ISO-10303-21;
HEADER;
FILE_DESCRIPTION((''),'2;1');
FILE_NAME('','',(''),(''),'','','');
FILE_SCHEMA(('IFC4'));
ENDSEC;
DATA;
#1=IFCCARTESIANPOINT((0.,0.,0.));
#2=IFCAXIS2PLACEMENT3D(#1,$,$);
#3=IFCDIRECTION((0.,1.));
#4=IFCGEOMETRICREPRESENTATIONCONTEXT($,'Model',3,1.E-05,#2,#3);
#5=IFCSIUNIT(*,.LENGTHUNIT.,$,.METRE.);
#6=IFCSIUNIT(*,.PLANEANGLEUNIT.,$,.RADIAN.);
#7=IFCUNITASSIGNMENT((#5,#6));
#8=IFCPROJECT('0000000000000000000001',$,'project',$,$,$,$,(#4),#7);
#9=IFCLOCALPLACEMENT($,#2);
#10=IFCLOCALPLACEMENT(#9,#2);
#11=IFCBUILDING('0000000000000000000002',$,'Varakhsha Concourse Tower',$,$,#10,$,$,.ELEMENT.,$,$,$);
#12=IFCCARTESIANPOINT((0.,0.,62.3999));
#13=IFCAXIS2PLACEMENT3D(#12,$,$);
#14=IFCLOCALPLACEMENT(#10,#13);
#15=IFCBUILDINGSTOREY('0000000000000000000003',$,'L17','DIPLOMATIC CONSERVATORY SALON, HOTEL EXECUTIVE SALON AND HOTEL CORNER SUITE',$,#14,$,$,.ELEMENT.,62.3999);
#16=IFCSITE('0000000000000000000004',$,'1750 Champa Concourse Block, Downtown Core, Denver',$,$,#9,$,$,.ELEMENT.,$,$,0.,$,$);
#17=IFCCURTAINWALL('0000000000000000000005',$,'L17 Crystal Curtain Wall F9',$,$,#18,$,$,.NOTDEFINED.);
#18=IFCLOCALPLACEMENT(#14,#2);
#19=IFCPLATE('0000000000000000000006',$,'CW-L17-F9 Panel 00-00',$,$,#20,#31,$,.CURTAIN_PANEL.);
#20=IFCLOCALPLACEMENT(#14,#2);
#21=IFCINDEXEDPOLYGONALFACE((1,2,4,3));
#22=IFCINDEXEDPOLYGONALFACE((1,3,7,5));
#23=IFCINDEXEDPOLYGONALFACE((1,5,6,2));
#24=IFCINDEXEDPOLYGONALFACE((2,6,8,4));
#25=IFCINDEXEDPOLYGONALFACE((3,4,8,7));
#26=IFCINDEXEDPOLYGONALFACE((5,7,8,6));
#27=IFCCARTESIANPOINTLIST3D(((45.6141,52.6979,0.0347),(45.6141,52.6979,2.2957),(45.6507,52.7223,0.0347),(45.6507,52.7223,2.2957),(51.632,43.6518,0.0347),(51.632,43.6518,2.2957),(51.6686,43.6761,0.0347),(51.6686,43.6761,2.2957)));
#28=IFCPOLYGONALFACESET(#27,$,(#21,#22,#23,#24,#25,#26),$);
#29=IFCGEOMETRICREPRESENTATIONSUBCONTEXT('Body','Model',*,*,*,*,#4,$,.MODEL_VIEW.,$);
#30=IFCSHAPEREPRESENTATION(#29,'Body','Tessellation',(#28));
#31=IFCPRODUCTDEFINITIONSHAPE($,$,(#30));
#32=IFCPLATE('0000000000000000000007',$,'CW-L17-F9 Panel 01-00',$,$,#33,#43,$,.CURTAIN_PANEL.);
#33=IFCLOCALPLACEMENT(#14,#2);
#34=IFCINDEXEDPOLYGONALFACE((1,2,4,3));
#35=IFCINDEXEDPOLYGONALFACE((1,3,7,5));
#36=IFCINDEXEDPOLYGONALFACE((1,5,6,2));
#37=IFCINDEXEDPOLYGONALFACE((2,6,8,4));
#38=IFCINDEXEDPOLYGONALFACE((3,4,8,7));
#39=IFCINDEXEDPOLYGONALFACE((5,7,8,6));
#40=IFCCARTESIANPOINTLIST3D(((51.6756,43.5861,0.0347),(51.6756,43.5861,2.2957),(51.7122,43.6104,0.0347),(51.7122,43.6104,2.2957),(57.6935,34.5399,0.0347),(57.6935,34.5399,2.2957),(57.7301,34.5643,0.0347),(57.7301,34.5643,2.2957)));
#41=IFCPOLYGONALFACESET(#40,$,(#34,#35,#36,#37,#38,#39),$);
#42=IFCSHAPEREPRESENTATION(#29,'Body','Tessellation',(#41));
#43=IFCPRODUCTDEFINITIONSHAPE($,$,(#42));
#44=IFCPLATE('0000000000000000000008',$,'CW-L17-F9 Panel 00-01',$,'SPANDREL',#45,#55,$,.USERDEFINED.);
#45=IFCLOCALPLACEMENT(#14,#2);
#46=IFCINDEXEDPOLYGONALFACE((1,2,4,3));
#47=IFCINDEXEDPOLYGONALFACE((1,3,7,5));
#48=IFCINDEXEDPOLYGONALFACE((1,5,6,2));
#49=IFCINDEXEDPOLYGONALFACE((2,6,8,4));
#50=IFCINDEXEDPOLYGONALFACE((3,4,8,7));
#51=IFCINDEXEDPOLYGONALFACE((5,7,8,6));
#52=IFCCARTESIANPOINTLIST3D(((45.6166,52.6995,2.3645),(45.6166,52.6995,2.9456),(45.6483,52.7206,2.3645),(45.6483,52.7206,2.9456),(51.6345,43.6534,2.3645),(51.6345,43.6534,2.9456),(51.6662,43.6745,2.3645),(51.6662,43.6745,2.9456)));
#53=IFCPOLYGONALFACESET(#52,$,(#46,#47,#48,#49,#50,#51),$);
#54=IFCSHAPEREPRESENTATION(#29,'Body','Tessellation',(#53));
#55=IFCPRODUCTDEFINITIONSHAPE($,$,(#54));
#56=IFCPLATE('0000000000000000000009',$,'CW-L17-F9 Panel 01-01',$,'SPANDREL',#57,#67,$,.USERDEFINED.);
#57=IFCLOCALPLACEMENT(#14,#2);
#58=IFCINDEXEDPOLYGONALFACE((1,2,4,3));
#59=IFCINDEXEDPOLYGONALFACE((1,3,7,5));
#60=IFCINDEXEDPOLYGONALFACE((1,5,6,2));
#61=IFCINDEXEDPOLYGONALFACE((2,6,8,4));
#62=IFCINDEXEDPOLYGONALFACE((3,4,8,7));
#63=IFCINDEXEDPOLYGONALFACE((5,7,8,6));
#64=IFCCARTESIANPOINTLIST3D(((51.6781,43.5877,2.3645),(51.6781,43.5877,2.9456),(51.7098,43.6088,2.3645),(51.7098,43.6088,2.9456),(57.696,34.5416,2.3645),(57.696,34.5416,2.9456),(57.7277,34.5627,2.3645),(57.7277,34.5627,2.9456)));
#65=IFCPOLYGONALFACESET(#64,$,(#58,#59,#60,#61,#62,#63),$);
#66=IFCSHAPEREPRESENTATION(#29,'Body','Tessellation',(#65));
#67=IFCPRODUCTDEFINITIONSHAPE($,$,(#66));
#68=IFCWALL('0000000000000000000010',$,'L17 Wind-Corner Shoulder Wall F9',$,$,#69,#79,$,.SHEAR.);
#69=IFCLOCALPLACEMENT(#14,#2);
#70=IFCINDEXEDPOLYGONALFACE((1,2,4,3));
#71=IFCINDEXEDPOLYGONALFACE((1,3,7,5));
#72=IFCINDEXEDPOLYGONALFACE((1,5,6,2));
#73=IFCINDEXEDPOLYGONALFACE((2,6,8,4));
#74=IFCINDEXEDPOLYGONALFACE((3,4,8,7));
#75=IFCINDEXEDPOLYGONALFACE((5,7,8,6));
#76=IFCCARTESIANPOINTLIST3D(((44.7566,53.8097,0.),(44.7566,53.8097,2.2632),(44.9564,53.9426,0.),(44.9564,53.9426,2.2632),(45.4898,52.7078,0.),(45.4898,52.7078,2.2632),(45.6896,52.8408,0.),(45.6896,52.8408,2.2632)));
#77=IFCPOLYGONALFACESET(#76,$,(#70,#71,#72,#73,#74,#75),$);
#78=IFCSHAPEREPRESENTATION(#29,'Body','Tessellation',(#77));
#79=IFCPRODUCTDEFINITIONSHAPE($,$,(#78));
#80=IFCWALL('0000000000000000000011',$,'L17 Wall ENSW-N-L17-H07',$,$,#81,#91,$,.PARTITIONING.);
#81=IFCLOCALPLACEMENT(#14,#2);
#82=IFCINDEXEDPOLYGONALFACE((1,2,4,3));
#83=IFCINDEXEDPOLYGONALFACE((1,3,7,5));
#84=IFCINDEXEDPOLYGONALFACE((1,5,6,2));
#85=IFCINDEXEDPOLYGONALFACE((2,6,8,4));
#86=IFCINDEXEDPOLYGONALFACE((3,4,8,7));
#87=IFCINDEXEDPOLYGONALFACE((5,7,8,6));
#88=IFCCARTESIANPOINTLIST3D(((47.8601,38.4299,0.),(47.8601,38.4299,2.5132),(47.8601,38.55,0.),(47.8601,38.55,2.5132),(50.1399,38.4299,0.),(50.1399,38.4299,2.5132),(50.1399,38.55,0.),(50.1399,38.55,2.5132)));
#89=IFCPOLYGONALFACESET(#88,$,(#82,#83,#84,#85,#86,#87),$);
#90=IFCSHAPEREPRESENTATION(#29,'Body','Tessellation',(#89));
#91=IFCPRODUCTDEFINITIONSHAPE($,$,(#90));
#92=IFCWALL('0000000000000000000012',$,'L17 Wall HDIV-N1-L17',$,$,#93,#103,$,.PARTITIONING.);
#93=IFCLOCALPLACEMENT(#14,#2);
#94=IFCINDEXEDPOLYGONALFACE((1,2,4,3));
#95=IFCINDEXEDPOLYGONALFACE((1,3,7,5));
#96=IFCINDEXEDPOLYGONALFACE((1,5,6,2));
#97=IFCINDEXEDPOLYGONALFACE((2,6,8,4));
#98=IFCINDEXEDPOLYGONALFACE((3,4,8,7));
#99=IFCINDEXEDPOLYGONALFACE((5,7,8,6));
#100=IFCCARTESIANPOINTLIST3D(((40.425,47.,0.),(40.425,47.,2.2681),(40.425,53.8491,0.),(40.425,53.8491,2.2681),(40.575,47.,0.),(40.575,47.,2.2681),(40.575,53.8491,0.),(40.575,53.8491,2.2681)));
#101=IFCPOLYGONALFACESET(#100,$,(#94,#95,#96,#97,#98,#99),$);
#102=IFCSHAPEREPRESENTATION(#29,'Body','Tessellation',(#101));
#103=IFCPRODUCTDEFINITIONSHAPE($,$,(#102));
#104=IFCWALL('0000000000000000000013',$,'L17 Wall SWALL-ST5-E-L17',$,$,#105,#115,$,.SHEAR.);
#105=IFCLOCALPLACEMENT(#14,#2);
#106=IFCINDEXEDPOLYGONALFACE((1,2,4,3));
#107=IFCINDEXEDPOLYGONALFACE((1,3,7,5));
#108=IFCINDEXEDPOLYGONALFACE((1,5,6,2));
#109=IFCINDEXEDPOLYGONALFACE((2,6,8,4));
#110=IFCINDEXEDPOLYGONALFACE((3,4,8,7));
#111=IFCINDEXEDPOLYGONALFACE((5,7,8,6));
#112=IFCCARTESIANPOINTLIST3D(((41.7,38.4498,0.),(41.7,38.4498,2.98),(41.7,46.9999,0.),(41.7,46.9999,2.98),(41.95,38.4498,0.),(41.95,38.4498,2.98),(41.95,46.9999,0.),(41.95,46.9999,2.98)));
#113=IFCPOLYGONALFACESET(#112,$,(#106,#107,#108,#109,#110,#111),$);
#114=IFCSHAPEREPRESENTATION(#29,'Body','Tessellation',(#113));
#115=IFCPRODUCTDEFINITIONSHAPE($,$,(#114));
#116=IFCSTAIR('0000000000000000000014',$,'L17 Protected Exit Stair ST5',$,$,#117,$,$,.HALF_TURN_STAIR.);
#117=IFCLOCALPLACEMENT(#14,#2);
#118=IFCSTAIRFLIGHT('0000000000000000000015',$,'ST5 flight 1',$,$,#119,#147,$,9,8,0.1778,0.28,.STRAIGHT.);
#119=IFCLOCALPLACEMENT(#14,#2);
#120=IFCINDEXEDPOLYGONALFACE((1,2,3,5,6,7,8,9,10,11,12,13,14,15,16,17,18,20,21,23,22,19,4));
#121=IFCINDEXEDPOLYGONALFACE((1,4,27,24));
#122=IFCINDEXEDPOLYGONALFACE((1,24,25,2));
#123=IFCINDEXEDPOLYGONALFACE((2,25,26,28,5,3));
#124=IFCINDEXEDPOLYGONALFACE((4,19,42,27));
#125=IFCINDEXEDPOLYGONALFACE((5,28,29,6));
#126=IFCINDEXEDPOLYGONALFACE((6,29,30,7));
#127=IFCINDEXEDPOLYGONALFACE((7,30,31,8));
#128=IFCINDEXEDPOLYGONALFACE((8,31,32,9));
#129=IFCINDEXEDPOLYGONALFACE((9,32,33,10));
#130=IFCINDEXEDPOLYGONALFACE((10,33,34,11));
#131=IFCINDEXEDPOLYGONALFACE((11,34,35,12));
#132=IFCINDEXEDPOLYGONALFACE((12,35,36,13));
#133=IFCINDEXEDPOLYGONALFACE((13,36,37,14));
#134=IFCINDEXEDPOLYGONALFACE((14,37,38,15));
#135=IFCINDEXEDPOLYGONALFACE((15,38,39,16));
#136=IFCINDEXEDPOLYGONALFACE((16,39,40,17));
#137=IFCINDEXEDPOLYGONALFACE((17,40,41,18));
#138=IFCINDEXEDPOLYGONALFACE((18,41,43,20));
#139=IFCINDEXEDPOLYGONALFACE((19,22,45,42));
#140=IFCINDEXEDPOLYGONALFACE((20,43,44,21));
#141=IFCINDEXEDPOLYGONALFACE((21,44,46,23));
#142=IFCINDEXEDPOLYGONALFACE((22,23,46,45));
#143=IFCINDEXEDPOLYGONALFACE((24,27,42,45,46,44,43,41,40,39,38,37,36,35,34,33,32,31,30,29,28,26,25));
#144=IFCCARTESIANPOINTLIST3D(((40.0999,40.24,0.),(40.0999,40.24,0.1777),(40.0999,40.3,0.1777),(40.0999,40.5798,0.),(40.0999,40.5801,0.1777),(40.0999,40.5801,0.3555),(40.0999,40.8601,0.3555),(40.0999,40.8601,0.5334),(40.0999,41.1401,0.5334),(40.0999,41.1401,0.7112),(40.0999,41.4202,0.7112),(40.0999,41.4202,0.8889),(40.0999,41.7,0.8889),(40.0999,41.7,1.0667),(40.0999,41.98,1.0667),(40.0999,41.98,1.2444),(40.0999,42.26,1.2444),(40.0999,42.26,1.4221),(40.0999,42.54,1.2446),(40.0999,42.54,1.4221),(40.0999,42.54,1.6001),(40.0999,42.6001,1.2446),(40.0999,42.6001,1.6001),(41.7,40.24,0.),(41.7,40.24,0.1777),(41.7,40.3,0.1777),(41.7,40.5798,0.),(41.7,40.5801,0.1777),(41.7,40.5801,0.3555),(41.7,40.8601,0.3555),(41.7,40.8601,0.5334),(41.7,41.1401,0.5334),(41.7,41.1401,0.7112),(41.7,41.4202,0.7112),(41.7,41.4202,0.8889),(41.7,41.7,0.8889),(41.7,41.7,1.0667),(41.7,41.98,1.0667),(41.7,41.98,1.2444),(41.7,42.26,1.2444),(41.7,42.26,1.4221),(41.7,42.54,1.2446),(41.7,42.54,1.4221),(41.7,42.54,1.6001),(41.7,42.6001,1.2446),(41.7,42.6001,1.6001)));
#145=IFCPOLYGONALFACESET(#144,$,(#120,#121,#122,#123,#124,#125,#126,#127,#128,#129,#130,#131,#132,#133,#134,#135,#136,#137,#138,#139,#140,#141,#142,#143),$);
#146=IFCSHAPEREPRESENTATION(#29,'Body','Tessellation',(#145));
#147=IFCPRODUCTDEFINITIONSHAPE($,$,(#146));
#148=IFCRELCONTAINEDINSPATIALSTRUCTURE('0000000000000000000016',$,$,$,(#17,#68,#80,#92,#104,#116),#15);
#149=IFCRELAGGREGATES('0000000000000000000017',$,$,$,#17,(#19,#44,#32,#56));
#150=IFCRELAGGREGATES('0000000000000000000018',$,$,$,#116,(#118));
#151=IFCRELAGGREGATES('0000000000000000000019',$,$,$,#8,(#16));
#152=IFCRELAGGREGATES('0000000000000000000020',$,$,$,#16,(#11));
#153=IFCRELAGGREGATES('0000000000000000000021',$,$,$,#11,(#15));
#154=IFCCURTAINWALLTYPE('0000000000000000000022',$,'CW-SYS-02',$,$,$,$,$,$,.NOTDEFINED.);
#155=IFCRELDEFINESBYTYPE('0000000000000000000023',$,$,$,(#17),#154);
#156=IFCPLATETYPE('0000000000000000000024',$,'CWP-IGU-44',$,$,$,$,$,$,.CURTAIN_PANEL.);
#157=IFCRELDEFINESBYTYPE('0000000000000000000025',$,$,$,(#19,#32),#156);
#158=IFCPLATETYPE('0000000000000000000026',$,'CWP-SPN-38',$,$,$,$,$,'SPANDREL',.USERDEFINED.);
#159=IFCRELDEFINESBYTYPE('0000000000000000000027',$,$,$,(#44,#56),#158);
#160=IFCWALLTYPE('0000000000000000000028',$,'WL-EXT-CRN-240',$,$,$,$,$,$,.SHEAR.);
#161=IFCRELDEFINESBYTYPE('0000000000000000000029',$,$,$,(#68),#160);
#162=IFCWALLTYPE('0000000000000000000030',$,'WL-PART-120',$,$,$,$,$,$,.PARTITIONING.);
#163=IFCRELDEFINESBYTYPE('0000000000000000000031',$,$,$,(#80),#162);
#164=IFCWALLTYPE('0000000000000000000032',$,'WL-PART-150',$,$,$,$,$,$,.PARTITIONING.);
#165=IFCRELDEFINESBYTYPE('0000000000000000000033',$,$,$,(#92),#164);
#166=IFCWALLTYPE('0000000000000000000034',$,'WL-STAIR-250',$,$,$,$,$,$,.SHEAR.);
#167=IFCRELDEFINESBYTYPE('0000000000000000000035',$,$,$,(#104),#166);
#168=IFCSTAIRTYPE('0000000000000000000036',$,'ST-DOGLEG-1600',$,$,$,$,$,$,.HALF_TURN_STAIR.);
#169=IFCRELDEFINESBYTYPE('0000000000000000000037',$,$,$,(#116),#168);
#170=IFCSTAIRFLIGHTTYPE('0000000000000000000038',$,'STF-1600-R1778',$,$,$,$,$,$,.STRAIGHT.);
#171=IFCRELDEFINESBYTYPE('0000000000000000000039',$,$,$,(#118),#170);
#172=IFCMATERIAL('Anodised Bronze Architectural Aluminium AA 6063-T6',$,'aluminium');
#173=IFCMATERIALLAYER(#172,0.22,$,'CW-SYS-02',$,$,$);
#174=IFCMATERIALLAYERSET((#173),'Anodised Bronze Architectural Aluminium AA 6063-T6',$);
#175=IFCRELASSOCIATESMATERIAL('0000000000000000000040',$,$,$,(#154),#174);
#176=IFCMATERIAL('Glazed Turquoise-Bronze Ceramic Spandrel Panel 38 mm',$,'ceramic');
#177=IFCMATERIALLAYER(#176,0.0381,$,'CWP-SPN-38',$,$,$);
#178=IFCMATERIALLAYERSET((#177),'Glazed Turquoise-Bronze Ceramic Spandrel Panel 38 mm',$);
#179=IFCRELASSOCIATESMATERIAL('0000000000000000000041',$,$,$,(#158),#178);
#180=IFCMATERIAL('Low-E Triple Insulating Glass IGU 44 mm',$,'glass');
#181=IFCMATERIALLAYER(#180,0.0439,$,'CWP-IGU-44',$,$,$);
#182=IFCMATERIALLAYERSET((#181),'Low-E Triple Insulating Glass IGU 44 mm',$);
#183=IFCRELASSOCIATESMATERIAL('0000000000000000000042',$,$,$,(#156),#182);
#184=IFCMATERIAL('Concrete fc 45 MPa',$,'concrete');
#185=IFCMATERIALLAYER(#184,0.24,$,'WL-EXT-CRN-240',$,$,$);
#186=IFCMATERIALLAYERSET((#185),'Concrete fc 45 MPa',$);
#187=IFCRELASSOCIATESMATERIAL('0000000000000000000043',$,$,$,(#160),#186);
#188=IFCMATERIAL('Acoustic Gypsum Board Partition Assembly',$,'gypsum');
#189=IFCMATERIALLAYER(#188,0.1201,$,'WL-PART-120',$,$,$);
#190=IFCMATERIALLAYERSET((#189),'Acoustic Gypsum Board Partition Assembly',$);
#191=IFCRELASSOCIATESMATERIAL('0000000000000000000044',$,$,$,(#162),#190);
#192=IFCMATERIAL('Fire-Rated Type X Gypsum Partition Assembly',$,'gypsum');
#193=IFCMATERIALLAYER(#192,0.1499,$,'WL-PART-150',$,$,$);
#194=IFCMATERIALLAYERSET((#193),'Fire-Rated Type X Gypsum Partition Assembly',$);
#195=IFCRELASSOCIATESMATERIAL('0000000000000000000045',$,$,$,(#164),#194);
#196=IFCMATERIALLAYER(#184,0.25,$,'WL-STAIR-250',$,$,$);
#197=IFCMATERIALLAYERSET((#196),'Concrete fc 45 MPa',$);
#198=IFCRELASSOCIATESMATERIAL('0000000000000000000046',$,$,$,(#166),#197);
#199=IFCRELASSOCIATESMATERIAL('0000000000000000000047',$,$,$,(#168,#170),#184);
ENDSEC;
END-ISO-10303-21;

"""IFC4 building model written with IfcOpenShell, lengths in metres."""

from ifc_helpers import new_model, si_unit, direction, frame, frame_2d, origin, origin_2d, place, context, subcontext, project, spatial, polyline, rectangle, outline, extrude, source, transform, mapped, material, layer, layer_set, type_object, type_shapes, element, aggregate, save


model = new_model("IFC4")

# Units and contexts
model_context = context("Model", 3, precision=1e-05, world=origin(), true_north=direction((0.0, 1.0)))
body_context = subcontext(model_context, "Body", "Model", "MODEL_VIEW")
ifc_project = project(units=[si_unit("LENGTHUNIT", "METRE"), si_unit("PLANEANGLEUNIT", "RADIAN")], contexts=[model_context])

# Site, building, storey
site_placement = place(None, origin())
site = spatial("IfcSite", under=ifc_project, at=site_placement, Name="1750 Champa Concourse Block, Downtown Core, Denver", CompositionType="ELEMENT", RefElevation=0.0)
building_placement = place(site_placement, origin())
building = spatial("IfcBuilding", under=site, at=building_placement, Name="Varakhsha Concourse Tower", CompositionType="ELEMENT")
storey_placement = place(building_placement, frame((0.0, 0.0, 62.3999)))
storey = spatial("IfcBuildingStorey", under=building, at=storey_placement, Name="L17", Description="DIPLOMATIC CONSERVATORY SALON, HOTEL EXECUTIVE SALON AND HOTEL CORNER SUITE", CompositionType="ELEMENT", Elevation=62.3999)

# Shared definitions
ifc_material_1 = material(Name="Anodised Bronze Architectural Aluminium AA 6063-T6", Category="aluminium")
ifc_layer_1 = layer(ifc_material_1, 0.22, Name="CW-SYS-02")
ifc_layer_set_1 = layer_set([ifc_layer_1], Name="Anodised Bronze Architectural Aluminium AA 6063-T6")
curtain_wall_type = type_object("IfcCurtainWallType", Name="CW-SYS-02", PredefinedType="NOTDEFINED", material=ifc_layer_set_1)

# Curtain wall
curtain_wall_1_placement = place(storey_placement, origin())
curtain_wall_1 = element("IfcCurtainWall", 1, at=curtain_wall_1_placement, inside=storey, type_object=curtain_wall_type, Name="L17 Crystal Curtain Wall F9", PredefinedType="NOTDEFINED")

# Plates
ifc_material_2 = material(Name="Glazed Turquoise-Bronze Ceramic Spandrel Panel 38 mm", Category="ceramic")
ifc_layer_2 = layer(ifc_material_2, 0.0381, Name="CWP-SPN-38")
ifc_layer_set_2 = layer_set([ifc_layer_2], Name="Glazed Turquoise-Bronze Ceramic Spandrel Panel 38 mm")
plate_type_1 = type_object("IfcPlateType", Name="CWP-SPN-38", ElementType="SPANDREL", PredefinedType="USERDEFINED", material=ifc_layer_set_2)
ifc_material_3 = material(Name="Low-E Triple Insulating Glass IGU 44 mm", Category="glass")
ifc_layer_3 = layer(ifc_material_3, 0.0439, Name="CWP-IGU-44")
ifc_layer_set_3 = layer_set([ifc_layer_3], Name="Low-E Triple Insulating Glass IGU 44 mm")
plate_type_2 = type_object("IfcPlateType", Name="CWP-IGU-44", PredefinedType="CURTAIN_PANEL", material=ifc_layer_set_3)
shared_shape_1 = source(origin(), body_context, "Body", "SweptSolid", [
    extrude(rectangle(XDim=10.865, YDim=0.0439, at=origin_2d()), origin(), (0.0, 0.0, 1.0), 2.261),
])
type_shapes(plate_type_2, [shared_shape_1])
plate_1_placement = place(storey_placement, frame((48.6414, 48.187, 0.0347), z_axis=(0.0, 0.0, 1.0), x_axis=(0.55388, -0.832597, 0.0)))
plate_1 = element("IfcPlate", 2, at=plate_1_placement, type_object=plate_type_2, Name="CW-L17-F9 Panel 00-00", PredefinedType="CURTAIN_PANEL", context=body_context, shape_type="MappedRepresentation", body=[
    mapped(shared_shape_1, transform((0.0, 0.0, 0.0), scale=1.0)),
])
plate_2_placement = place(storey_placement, frame((54.7029, 39.0752, 0.0347), z_axis=(0.0, 0.0, 1.0), x_axis=(0.55388, -0.832597, 0.0)))
plate_2 = element("IfcPlate", 3, at=plate_2_placement, type_object=plate_type_2, Name="CW-L17-F9 Panel 01-00", PredefinedType="CURTAIN_PANEL", context=body_context, shape_type="MappedRepresentation", body=[
    mapped(shared_shape_1, transform((0.0, 0.0, 0.0), scale=1.0)),
])
shared_shape_2 = source(origin(), body_context, "Body", "SweptSolid", [
    extrude(rectangle(XDim=10.865, YDim=0.0381, at=origin_2d()), origin(), (0.0, 0.0, 1.0), 0.5811),
])
plate_3_placement = place(storey_placement, frame((48.6414, 48.187, 2.3645), z_axis=(0.0, 0.0, 1.0), x_axis=(0.55388, -0.832597, 0.0)))
plate_3 = element("IfcPlate", 4, at=plate_3_placement, type_object=plate_type_1, Name="CW-L17-F9 Panel 00-01", ObjectType="SPANDREL", PredefinedType="USERDEFINED", context=body_context, shape_type="MappedRepresentation", body=[
    mapped(shared_shape_2, transform((0.0, 0.0, 0.0), scale=1.0)),
])
plate_4_placement = place(storey_placement, frame((54.7029, 39.0752, 2.3645), z_axis=(0.0, 0.0, 1.0), x_axis=(0.55388, -0.832597, 0.0)))
plate_4 = element("IfcPlate", 5, at=plate_4_placement, type_object=plate_type_1, Name="CW-L17-F9 Panel 01-01", ObjectType="SPANDREL", PredefinedType="USERDEFINED", context=body_context, shape_type="MappedRepresentation", body=[
    mapped(shared_shape_2, transform((0.0, 0.0, 0.0), scale=1.0)),
])
aggregate(curtain_wall_1, [plate_1, plate_3, plate_2, plate_4])

# Walls
ifc_material_4 = material(Name="Concrete fc 45 MPa", Category="concrete")
ifc_layer_4 = layer(ifc_material_4, 0.24, Name="WL-EXT-CRN-240")
ifc_layer_set_4 = layer_set([ifc_layer_4], Name="Concrete fc 45 MPa")
wall_type_1 = type_object("IfcWallType", Name="WL-EXT-CRN-240", PredefinedType="SHEAR", material=ifc_layer_set_4)
wall_1_placement = place(storey_placement, frame((45.5896, 52.7744, 0.0), z_axis=(0.0, 0.0, 1.0), x_axis=(-0.553976, 0.832532, 0.0)))
element("IfcWall", 6, at=wall_1_placement, inside=storey, type_object=wall_type_1, Name="L17 Wind-Corner Shoulder Wall F9", PredefinedType="SHEAR", context=body_context, shape_type="SweptSolid", body=[
    extrude(rectangle(XDim=1.3235, YDim=0.24, at=frame_2d((0.6616, 0.0))), origin(), (0.0, 0.0, 1.0), 2.2632),
])
ifc_material_5 = material(Name="Acoustic Gypsum Board Partition Assembly", Category="gypsum")
ifc_layer_5 = layer(ifc_material_5, 0.1201, Name="WL-PART-120")
ifc_layer_set_5 = layer_set([ifc_layer_5], Name="Acoustic Gypsum Board Partition Assembly")
wall_type_2 = type_object("IfcWallType", Name="WL-PART-120", PredefinedType="PARTITIONING", material=ifc_layer_set_5)
wall_2_placement = place(storey_placement, frame((47.8601, 38.49, 0.0), z_axis=(0.0, 0.0, 1.0), x_axis=(1.0, 0.0, 0.0)))
element("IfcWall", 7, at=wall_2_placement, inside=storey, type_object=wall_type_2, Name="L17 Wall ENSW-N-L17-H07", PredefinedType="PARTITIONING", context=body_context, shape_type="SweptSolid", body=[
    extrude(rectangle(XDim=2.2798, YDim=0.1201, at=frame_2d((1.1399, 0.0))), origin(), (0.0, 0.0, 1.0), 2.5132),
])
ifc_material_6 = material(Name="Fire-Rated Type X Gypsum Partition Assembly", Category="gypsum")
ifc_layer_6 = layer(ifc_material_6, 0.1499, Name="WL-PART-150")
ifc_layer_set_6 = layer_set([ifc_layer_6], Name="Fire-Rated Type X Gypsum Partition Assembly")
wall_type_3 = type_object("IfcWallType", Name="WL-PART-150", PredefinedType="PARTITIONING", material=ifc_layer_set_6)
wall_3_placement = place(storey_placement, frame((40.5, 47.0, 0.0), z_axis=(0.0, 0.0, 1.0), x_axis=(0.0, 1.0, 0.0)))
element("IfcWall", 8, at=wall_3_placement, inside=storey, type_object=wall_type_3, Name="L17 Wall HDIV-N1-L17", PredefinedType="PARTITIONING", context=body_context, shape_type="SweptSolid", body=[
    extrude(rectangle(XDim=6.8491, YDim=0.1499, at=frame_2d((3.4246, 0.0))), origin(), (0.0, 0.0, 1.0), 2.2681),
])
ifc_layer_7 = layer(ifc_material_4, 0.25, Name="WL-STAIR-250")
ifc_layer_set_7 = layer_set([ifc_layer_7], Name="Concrete fc 45 MPa")
wall_type_4 = type_object("IfcWallType", Name="WL-STAIR-250", PredefinedType="SHEAR", material=ifc_layer_set_7)
wall_4_placement = place(storey_placement, frame((41.825, 38.45, 0.0), z_axis=(0.0, 0.0, 1.0), x_axis=(0.0, 1.0, 0.0)))
element("IfcWall", 9, at=wall_4_placement, inside=storey, type_object=wall_type_4, Name="L17 Wall SWALL-ST5-E-L17", PredefinedType="SHEAR", context=body_context, shape_type="SweptSolid", body=[
    extrude(rectangle(XDim=8.55, YDim=0.25, at=frame_2d((4.2749, 0.0))), origin(), (0.0, 0.0, 1.0), 2.98),
])

# Stair, stair flight
stair_type = type_object("IfcStairType", Name="ST-DOGLEG-1600", PredefinedType="HALF_TURN_STAIR", material=ifc_material_4)
stair_placement = place(storey_placement, origin())
stair = element("IfcStair", 10, at=stair_placement, inside=storey, type_object=stair_type, Name="L17 Protected Exit Stair ST5", PredefinedType="HALF_TURN_STAIR")
stair_flight_type = type_object("IfcStairFlightType", Name="STF-1600-R1778", PredefinedType="STRAIGHT", material=ifc_material_4)
stair_flight_placement = place(storey_placement, frame((40.8999, 40.3, 0.0), z_axis=(0.0, 0.0, 1.0), x_axis=(0.0, 1.0, 0.0)))
stair_flight = element("IfcStairFlight", 11, at=stair_flight_placement, type_object=stair_flight_type, Name="ST5 flight 1", NumberOfRisers=9, NumberOfTreads=8, PredefinedType="STRAIGHT", RiserHeight=0.1778, TreadLength=0.28, context=body_context, shape_type="SweptSolid", body=[
    extrude(outline(polyline([(-0.0601, 0.0), (-0.0601, 0.1777), (0.0, 0.1777), (0.28, 0.1777), (0.28, 0.3555), (0.5601, 0.3555), (0.5601, 0.5334), (0.8401, 0.5334), (0.8401, 0.7112), (1.1201, 0.7112), (1.1201, 0.8889), (1.3999, 0.8889), (1.3999, 1.0667), (1.6799, 1.0667), (1.6799, 1.2444), (1.96, 1.2444), (1.96, 1.4221), (2.24, 1.4221), (2.24, 1.6001), (2.3, 1.6001), (2.3, 1.2446), (2.24, 1.2446), (0.2798, 0.0), (-0.0601, 0.0)])), frame((0.0, 0.8, 0.0), z_axis=(0.0, -1.0, 0.0), x_axis=(1.0, 0.0, 0.0)), (0.0, 0.0, 1.0), 1.6001),
])
aggregate(stair, [stair_flight])

save(model, "model.ifc")
